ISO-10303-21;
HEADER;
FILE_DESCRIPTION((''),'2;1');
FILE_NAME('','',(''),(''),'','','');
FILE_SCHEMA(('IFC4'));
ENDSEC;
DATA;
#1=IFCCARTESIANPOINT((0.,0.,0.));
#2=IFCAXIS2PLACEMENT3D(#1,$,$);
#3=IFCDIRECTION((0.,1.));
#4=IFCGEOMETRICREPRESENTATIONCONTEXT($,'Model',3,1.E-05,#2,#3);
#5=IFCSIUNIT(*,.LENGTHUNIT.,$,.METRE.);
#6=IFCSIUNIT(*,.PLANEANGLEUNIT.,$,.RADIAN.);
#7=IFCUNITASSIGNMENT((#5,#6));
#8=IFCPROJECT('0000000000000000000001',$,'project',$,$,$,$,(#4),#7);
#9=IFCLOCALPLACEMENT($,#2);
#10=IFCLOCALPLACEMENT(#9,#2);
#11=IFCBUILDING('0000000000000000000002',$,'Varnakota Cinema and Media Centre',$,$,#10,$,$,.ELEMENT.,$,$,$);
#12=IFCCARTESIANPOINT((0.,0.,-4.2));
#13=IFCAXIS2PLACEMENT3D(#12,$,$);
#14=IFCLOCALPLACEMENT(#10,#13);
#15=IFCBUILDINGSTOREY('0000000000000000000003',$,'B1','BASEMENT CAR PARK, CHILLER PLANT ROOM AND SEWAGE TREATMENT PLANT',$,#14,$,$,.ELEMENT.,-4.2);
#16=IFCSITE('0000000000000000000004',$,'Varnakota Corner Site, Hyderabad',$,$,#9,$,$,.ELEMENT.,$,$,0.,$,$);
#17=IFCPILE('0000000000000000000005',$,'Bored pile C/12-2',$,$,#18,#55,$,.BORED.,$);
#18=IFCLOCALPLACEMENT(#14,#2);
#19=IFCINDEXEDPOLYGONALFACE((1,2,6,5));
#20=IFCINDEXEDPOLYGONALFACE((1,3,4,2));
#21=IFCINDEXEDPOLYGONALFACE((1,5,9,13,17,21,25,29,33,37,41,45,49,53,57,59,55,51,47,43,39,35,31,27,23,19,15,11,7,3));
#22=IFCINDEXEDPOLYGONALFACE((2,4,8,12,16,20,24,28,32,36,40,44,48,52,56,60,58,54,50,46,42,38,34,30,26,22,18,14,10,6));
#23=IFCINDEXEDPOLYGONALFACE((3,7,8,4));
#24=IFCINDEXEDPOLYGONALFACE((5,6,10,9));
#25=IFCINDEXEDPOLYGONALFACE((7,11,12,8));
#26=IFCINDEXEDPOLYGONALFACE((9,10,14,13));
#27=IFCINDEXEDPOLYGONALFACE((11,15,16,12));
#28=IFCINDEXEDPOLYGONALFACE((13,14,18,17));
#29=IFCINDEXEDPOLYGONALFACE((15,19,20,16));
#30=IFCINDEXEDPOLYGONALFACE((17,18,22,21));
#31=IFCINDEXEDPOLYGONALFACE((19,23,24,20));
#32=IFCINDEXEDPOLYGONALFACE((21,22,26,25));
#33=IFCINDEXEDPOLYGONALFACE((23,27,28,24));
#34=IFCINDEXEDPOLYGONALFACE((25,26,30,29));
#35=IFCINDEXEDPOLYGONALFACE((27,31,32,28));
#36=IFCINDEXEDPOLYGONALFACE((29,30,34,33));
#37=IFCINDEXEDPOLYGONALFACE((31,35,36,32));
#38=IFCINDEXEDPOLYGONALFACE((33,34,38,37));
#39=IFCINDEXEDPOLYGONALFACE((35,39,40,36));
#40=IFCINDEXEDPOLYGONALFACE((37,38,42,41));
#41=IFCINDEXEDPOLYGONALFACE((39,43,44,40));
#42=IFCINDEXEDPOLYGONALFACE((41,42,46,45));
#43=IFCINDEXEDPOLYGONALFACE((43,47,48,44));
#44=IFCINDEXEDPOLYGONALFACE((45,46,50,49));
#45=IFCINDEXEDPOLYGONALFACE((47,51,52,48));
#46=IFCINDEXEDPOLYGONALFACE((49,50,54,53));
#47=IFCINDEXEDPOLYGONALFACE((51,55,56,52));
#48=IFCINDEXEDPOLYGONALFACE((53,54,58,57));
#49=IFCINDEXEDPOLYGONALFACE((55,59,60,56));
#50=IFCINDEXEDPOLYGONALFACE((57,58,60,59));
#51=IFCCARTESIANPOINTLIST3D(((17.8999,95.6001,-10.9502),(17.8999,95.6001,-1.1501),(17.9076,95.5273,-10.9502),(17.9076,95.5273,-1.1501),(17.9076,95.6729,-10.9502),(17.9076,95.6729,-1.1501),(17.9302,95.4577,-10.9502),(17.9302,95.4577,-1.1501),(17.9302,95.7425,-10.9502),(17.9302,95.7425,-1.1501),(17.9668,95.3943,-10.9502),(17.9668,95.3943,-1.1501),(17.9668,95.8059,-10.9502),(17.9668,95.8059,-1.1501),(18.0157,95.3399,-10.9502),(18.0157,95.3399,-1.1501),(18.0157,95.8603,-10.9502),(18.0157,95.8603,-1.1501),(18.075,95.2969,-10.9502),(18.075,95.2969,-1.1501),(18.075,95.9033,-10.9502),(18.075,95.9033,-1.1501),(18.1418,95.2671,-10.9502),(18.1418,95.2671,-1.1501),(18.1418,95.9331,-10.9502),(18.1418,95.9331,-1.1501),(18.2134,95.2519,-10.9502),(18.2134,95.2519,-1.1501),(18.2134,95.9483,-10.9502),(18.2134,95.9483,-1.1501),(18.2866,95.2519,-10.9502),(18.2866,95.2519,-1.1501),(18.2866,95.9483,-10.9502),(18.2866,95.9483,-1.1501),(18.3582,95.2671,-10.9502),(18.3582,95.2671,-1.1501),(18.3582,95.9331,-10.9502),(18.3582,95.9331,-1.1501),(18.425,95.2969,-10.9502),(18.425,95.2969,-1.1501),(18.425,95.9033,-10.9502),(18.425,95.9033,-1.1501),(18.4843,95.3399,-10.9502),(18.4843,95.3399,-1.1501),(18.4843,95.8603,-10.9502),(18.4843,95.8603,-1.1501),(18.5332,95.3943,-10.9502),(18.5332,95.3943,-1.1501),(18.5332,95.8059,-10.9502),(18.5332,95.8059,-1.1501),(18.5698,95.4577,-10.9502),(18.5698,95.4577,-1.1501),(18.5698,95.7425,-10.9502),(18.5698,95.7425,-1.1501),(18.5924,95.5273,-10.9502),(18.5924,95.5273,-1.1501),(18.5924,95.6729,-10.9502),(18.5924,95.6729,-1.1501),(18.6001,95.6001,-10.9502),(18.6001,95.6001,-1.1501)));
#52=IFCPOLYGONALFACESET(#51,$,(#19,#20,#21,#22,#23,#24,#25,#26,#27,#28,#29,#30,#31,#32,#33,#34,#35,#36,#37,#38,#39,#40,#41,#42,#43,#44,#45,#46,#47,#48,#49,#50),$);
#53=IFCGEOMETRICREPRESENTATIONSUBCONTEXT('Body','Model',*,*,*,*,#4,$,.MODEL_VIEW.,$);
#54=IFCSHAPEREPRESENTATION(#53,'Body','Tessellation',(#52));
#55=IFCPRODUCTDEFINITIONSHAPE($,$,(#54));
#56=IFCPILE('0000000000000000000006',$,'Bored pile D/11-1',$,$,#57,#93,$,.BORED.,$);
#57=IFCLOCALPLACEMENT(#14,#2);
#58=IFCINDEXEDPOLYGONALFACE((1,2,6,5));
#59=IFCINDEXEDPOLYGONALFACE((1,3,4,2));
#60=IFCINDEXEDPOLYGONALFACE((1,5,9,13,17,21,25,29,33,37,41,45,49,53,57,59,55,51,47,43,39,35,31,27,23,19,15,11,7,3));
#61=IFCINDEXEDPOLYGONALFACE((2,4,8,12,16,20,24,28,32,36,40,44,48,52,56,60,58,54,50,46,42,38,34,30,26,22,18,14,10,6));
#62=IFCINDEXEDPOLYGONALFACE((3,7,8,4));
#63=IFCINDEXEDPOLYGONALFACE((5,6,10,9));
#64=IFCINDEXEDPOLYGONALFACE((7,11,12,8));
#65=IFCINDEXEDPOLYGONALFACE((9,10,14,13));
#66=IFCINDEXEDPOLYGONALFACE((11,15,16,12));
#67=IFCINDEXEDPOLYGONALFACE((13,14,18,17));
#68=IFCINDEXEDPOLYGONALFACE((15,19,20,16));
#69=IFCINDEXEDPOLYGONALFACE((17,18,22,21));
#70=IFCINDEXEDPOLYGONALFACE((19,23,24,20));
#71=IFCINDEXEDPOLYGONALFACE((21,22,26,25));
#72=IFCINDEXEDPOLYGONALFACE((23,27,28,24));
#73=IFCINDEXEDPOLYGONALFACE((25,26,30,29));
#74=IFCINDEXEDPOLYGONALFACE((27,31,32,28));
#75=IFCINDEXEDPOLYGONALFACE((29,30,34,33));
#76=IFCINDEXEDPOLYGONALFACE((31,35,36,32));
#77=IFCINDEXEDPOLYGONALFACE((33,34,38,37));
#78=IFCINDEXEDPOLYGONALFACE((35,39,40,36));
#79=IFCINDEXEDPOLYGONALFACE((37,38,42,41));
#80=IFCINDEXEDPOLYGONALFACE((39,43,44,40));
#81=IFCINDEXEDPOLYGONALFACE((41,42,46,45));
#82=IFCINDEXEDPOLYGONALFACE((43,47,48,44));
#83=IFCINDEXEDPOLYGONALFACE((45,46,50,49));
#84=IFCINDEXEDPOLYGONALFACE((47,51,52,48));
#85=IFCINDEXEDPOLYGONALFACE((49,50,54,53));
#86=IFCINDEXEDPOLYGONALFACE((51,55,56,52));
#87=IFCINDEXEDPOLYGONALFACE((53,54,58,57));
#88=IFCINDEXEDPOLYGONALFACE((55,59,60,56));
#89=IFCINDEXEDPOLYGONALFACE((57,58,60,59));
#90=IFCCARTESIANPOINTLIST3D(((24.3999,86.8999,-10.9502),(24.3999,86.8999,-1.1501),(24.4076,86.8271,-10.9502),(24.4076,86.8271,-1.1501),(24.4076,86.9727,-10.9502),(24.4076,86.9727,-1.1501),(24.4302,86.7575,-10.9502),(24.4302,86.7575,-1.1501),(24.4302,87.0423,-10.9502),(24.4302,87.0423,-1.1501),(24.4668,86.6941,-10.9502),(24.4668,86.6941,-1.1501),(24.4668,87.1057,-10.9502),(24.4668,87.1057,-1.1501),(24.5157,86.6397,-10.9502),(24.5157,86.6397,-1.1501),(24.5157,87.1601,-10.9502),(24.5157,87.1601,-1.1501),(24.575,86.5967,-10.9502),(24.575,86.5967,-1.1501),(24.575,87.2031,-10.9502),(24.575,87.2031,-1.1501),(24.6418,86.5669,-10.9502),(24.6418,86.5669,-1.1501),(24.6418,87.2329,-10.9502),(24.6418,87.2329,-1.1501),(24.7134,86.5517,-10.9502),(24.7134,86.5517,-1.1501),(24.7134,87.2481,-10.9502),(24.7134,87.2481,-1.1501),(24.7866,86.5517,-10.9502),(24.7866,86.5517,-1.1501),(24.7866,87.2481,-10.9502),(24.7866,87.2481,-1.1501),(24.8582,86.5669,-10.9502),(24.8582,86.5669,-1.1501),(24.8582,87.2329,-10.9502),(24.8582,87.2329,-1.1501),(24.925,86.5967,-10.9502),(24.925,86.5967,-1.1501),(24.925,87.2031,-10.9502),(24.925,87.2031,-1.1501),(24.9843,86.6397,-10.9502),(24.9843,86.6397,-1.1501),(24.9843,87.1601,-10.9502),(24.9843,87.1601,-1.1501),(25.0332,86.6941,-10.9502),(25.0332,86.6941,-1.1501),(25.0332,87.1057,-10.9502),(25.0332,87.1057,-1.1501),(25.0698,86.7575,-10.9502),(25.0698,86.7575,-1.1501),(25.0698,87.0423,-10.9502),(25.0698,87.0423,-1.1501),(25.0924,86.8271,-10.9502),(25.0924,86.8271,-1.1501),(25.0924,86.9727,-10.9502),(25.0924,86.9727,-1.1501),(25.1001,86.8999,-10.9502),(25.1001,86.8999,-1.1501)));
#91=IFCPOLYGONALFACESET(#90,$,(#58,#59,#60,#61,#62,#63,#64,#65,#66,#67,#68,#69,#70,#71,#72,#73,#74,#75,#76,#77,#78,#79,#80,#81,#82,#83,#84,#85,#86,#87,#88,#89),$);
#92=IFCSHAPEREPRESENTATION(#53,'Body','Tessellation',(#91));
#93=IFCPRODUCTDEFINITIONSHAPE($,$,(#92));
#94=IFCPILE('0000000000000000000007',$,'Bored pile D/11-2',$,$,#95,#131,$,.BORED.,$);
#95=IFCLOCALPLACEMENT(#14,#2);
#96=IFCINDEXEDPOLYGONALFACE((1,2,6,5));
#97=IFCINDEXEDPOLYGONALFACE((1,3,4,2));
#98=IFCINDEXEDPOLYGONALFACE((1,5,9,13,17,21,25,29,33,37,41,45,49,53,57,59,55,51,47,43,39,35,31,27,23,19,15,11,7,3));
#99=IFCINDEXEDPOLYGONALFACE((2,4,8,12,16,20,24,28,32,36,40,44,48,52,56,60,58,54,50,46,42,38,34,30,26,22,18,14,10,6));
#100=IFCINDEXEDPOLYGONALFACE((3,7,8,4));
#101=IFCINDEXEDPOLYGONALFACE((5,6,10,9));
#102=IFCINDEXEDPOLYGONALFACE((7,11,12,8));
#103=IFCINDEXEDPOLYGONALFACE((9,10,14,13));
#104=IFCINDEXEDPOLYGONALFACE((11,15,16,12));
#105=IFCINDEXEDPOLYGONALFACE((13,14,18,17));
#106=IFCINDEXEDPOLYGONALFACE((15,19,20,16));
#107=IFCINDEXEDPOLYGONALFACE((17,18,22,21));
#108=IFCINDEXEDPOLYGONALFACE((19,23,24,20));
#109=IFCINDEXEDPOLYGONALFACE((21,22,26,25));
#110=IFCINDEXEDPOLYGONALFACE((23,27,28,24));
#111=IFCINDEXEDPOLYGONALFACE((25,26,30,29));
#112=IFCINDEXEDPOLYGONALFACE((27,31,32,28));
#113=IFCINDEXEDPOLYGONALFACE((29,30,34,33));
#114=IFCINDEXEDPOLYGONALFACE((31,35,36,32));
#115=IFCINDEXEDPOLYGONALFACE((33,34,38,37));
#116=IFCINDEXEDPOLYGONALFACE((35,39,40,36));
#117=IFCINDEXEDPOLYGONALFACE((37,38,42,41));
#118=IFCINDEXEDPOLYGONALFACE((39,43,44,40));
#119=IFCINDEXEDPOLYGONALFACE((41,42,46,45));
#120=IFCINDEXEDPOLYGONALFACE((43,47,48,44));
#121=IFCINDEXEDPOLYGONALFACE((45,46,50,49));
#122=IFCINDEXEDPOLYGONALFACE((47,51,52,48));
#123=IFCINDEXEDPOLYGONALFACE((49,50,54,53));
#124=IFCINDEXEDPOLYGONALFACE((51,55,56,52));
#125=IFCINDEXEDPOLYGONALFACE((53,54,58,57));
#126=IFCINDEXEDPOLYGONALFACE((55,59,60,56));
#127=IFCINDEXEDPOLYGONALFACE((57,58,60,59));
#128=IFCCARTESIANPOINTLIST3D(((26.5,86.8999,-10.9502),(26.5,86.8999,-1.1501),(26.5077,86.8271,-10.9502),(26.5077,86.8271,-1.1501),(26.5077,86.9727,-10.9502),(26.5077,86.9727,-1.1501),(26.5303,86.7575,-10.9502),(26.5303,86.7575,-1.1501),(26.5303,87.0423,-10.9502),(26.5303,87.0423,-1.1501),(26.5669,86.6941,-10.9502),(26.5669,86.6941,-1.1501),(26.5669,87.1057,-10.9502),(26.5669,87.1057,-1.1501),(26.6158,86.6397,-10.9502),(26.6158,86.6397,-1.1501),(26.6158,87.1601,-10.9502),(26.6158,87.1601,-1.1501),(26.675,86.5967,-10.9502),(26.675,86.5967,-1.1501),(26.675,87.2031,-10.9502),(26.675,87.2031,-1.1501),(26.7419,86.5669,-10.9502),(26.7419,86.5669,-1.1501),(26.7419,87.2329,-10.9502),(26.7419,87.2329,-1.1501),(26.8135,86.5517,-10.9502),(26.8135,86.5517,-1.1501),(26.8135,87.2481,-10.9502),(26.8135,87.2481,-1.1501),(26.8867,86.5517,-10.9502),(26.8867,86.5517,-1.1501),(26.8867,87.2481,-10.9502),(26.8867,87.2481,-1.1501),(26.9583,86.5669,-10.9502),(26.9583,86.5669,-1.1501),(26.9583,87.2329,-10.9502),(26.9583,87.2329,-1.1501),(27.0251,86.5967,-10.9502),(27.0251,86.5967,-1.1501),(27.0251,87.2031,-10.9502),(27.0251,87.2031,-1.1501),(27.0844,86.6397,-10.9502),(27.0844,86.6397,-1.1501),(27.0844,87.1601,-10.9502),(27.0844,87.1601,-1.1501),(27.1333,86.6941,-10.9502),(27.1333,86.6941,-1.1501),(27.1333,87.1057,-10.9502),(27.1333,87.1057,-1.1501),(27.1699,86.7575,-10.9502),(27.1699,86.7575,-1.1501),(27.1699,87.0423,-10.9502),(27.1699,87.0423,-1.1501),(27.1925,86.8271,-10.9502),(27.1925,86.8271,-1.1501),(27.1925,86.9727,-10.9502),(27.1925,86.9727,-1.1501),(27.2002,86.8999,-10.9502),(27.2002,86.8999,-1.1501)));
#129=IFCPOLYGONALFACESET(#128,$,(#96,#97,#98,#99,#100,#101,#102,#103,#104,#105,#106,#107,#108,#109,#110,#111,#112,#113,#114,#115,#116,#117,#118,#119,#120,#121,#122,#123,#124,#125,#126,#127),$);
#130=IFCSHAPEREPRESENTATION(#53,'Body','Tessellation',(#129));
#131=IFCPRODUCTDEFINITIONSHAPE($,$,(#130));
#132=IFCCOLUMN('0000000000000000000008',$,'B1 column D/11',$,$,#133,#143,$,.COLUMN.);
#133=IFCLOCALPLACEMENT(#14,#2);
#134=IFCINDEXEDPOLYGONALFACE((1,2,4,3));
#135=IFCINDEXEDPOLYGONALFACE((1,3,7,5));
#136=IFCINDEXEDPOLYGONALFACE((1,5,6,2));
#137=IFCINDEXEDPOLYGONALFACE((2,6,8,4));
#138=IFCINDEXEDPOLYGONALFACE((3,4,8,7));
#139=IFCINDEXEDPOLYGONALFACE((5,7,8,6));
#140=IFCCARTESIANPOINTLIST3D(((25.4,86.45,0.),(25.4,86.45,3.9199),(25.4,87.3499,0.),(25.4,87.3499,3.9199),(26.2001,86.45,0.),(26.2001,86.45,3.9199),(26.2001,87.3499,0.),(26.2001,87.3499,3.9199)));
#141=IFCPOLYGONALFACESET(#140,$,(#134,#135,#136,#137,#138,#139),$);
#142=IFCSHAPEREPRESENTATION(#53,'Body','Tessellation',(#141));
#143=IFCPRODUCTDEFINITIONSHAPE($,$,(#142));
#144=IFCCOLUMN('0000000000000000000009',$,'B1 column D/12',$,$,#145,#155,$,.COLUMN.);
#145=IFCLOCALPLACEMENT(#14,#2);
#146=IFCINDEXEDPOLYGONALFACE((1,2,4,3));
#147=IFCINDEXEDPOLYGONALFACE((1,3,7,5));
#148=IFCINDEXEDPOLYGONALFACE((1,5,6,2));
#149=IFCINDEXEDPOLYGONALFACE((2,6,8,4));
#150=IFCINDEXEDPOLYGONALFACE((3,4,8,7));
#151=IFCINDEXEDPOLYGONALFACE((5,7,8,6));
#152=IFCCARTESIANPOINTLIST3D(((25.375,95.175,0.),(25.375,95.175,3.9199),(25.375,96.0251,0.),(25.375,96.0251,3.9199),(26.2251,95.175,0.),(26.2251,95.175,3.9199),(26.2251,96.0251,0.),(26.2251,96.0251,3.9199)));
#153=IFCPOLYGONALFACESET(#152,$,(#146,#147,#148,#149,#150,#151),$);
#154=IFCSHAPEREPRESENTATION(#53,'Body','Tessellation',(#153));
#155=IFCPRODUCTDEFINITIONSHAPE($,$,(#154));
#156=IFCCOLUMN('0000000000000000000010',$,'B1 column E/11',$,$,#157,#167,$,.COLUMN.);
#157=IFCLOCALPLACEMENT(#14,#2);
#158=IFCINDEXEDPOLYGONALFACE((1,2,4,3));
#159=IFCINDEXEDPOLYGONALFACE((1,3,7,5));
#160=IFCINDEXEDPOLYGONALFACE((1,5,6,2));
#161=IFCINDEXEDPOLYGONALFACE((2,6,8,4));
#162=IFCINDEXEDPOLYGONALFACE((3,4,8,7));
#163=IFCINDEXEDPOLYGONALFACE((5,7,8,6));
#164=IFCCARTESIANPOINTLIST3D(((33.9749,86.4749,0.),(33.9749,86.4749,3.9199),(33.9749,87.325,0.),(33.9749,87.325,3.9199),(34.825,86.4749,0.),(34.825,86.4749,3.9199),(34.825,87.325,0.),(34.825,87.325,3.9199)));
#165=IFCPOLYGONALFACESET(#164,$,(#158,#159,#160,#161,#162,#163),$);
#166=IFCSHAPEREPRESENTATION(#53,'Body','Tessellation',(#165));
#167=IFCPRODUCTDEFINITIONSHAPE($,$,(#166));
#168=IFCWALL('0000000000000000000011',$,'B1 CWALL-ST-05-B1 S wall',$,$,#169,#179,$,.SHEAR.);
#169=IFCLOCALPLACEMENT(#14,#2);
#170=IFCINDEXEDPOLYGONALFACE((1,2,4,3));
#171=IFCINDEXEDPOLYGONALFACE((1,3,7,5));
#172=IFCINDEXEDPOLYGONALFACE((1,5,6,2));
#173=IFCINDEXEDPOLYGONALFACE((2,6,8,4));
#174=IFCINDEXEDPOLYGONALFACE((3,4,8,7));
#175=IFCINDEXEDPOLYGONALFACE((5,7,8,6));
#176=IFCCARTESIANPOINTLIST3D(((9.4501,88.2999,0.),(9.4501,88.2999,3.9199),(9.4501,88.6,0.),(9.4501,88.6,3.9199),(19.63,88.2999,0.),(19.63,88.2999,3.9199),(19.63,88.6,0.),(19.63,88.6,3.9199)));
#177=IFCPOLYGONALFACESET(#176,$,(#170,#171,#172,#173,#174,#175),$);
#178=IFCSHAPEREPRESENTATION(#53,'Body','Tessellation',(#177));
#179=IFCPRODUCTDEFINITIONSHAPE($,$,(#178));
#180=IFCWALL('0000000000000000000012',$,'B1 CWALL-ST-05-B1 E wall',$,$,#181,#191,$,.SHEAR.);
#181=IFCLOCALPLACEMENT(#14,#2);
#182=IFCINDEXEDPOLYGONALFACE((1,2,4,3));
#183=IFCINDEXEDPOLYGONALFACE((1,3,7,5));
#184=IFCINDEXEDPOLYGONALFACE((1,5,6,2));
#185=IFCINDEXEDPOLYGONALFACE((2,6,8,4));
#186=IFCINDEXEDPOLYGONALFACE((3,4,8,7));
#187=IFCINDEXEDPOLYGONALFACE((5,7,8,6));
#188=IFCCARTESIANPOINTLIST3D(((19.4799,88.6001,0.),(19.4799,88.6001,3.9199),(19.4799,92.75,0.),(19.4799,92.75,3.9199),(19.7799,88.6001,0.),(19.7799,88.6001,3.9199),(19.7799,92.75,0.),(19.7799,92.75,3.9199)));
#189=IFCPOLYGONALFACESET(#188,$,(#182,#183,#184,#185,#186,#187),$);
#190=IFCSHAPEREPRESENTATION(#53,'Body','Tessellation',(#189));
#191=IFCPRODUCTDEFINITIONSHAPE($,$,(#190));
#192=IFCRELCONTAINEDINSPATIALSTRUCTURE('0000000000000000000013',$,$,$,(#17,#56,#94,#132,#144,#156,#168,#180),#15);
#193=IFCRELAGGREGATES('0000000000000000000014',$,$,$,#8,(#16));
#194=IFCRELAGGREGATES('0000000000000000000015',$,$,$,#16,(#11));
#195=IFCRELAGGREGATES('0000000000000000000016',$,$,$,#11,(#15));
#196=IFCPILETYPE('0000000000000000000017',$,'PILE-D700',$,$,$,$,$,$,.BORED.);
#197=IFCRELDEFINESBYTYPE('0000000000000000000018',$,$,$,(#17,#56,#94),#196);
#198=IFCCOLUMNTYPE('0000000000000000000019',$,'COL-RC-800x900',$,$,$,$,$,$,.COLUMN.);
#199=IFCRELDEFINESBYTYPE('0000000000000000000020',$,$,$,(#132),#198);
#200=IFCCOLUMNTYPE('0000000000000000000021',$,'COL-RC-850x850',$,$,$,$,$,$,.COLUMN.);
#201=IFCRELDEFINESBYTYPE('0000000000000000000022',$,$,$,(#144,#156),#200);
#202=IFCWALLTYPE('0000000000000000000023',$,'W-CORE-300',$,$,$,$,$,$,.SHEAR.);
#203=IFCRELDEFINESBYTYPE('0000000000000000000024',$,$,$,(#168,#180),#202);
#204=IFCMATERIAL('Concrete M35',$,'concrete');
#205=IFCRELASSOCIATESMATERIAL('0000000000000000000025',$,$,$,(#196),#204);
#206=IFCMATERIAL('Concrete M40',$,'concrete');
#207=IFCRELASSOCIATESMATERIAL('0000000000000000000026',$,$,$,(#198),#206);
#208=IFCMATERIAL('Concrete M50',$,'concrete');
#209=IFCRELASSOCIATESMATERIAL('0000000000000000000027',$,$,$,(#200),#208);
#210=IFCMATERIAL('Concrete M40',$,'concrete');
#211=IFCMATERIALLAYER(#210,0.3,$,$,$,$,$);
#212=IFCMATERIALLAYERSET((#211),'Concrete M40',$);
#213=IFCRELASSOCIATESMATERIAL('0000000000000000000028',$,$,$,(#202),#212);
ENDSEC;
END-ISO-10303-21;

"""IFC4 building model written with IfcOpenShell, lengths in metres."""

from ifc_helpers import new_model, si_unit, direction, frame, frame_2d, origin, origin_2d, place, context, subcontext, project, spatial, rectangle, circle, extrude, material, layer, layer_set, material_profile, profile_set, type_object, element, save


model = new_model("IFC4")

# Units and contexts
model_context = context("Model", 3, precision=1e-05, world=origin(), true_north=direction((0.0, 1.0)))
body_context = subcontext(model_context, "Body", "Model", "MODEL_VIEW")
ifc_project = project(units=[si_unit("LENGTHUNIT", "METRE"), si_unit("PLANEANGLEUNIT", "RADIAN")], contexts=[model_context])

# Site, building, storey
site_placement = place(None, origin())
site = spatial("IfcSite", under=ifc_project, at=site_placement, Name="Varnakota Corner Site, Hyderabad", CompositionType="ELEMENT", RefElevation=0.0)
building_placement = place(site_placement, origin())
building = spatial("IfcBuilding", under=site, at=building_placement, Name="Varnakota Cinema and Media Centre", CompositionType="ELEMENT")
storey_placement = place(building_placement, frame((0.0, 0.0, -4.2)))
storey = spatial("IfcBuildingStorey", under=building, at=storey_placement, Name="B1", Description="BASEMENT CAR PARK, CHILLER PLANT ROOM AND SEWAGE TREATMENT PLANT", CompositionType="ELEMENT", Elevation=-4.2)

# Piles
ifc_material_1 = material(Name="Concrete M35", Category="concrete")
ifc_material_profile_1 = material_profile(ifc_material_1, circle(Radius=0.3501, at=origin_2d()), Name="PILE D700")
ifc_profile_set_1 = profile_set([ifc_material_profile_1], Name="Concrete M35")
pile_type_1 = type_object("IfcPileType", Name="PILE-D700", PredefinedType="BORED", material=ifc_profile_set_1)
for number, where, z_axis, x_axis, name in (
    (1, (18.25, 95.6001, -1.1501), (0.0, 0.0, -1.0), (1.0, 0.0, 0.0), "Bored pile C/12-2"),
    (2, (24.75, 86.8999, -1.1501), (0.0, 0.0, -1.0), (1.0, 0.0, 0.0), "Bored pile D/11-1"),
    (3, (26.8501, 86.8999, -1.1501), (0.0, 0.0, -1.0), (1.0, 0.0, 0.0), "Bored pile D/11-2"),
):
    element("IfcPile", number, at=place(storey_placement, frame(where, z_axis=z_axis, x_axis=x_axis)), inside=storey, type_object=pile_type_1, Name=name, PredefinedType="BORED", context=body_context, shape_type="SweptSolid", body=[
        extrude(circle(Radius=0.3501, at=origin_2d()), origin(), (0.0, 0.0, 1.0), 9.8),
    ])

# Columns
ifc_material_2 = material(Name="Concrete M40", Category="concrete")
ifc_material_profile_2 = material_profile(ifc_material_2, rectangle(XDim=0.8, YDim=0.8999, at=origin_2d()), Name="RC 800x900")
ifc_profile_set_2 = profile_set([ifc_material_profile_2], Name="Concrete M40")
column_type_1 = type_object("IfcColumnType", Name="COL-RC-800x900", PredefinedType="COLUMN", material=ifc_profile_set_2)
column_placement = place(storey_placement, frame((25.8, 86.8999, 0.0), z_axis=(0.0, 0.0, 1.0), x_axis=(1.0, 0.0, 0.0)))
element("IfcColumn", 4, at=column_placement, inside=storey, type_object=column_type_1, Name="B1 column D/11", PredefinedType="COLUMN", context=body_context, shape_type="SweptSolid", body=[
    extrude(rectangle(XDim=0.8, YDim=0.8999, at=origin_2d()), origin(), (0.0, 0.0, 1.0), 3.9199),
])
ifc_material_3 = material(Name="Concrete M50", Category="concrete")
ifc_material_profile_3 = material_profile(ifc_material_3, rectangle(XDim=0.8501, YDim=0.8501, at=origin_2d()), Name="RC 850x850")
ifc_profile_set_3 = profile_set([ifc_material_profile_3], Name="Concrete M50")
column_type_2 = type_object("IfcColumnType", Name="COL-RC-850x850", PredefinedType="COLUMN", material=ifc_profile_set_3)
for number, where, z_axis, x_axis, name in (
    (5, (25.8, 95.6001, 0.0), (0.0, 0.0, 1.0), (1.0, 0.0, 0.0), "B1 column D/12"),
    (6, (34.3999, 86.8999, 0.0), (0.0, 0.0, 1.0), (1.0, 0.0, 0.0), "B1 column E/11"),
):
    element("IfcColumn", number, at=place(storey_placement, frame(where, z_axis=z_axis, x_axis=x_axis)), inside=storey, type_object=column_type_2, Name=name, PredefinedType="COLUMN", context=body_context, shape_type="SweptSolid", body=[
        extrude(rectangle(XDim=0.8501, YDim=0.8501, at=origin_2d()), origin(), (0.0, 0.0, 1.0), 3.9199),
    ])

# Walls
ifc_material_4 = material(Name="Concrete M40", Category="concrete")
ifc_layer_1 = layer(ifc_material_4, 0.3)
ifc_layer_set_1 = layer_set([ifc_layer_1], Name="Concrete M40")
wall_type_1 = type_object("IfcWallType", Name="W-CORE-300", PredefinedType="SHEAR", material=ifc_layer_set_1)
wall_1_placement = place(storey_placement, frame((19.6299, 88.45, 0.0), z_axis=(0.0, 0.0, 1.0), x_axis=(-1.0, 0.0, 0.0)))
element("IfcWall", 7, at=wall_1_placement, inside=storey, type_object=wall_type_1, Name="B1 CWALL-ST-05-B1 S wall", PredefinedType="SHEAR", context=body_context, shape_type="SweptSolid", body=[
    extrude(rectangle(XDim=10.1799, YDim=0.3, at=frame_2d((5.0898, 0.0))), origin(), (0.0, 0.0, 1.0), 3.9199),
])
wall_2_placement = place(storey_placement, frame((19.6299, 92.75, 0.0), z_axis=(0.0, 0.0, 1.0), x_axis=(0.0, -1.0, 0.0)))
element("IfcWall", 8, at=wall_2_placement, inside=storey, type_object=wall_type_1, Name="B1 CWALL-ST-05-B1 E wall", PredefinedType="SHEAR", context=body_context, shape_type="SweptSolid", body=[
    extrude(rectangle(XDim=4.1499, YDim=0.3, at=frame_2d((2.075, 0.0))), origin(), (0.0, 0.0, 1.0), 3.9199),
])

save(model, "model.ifc")
